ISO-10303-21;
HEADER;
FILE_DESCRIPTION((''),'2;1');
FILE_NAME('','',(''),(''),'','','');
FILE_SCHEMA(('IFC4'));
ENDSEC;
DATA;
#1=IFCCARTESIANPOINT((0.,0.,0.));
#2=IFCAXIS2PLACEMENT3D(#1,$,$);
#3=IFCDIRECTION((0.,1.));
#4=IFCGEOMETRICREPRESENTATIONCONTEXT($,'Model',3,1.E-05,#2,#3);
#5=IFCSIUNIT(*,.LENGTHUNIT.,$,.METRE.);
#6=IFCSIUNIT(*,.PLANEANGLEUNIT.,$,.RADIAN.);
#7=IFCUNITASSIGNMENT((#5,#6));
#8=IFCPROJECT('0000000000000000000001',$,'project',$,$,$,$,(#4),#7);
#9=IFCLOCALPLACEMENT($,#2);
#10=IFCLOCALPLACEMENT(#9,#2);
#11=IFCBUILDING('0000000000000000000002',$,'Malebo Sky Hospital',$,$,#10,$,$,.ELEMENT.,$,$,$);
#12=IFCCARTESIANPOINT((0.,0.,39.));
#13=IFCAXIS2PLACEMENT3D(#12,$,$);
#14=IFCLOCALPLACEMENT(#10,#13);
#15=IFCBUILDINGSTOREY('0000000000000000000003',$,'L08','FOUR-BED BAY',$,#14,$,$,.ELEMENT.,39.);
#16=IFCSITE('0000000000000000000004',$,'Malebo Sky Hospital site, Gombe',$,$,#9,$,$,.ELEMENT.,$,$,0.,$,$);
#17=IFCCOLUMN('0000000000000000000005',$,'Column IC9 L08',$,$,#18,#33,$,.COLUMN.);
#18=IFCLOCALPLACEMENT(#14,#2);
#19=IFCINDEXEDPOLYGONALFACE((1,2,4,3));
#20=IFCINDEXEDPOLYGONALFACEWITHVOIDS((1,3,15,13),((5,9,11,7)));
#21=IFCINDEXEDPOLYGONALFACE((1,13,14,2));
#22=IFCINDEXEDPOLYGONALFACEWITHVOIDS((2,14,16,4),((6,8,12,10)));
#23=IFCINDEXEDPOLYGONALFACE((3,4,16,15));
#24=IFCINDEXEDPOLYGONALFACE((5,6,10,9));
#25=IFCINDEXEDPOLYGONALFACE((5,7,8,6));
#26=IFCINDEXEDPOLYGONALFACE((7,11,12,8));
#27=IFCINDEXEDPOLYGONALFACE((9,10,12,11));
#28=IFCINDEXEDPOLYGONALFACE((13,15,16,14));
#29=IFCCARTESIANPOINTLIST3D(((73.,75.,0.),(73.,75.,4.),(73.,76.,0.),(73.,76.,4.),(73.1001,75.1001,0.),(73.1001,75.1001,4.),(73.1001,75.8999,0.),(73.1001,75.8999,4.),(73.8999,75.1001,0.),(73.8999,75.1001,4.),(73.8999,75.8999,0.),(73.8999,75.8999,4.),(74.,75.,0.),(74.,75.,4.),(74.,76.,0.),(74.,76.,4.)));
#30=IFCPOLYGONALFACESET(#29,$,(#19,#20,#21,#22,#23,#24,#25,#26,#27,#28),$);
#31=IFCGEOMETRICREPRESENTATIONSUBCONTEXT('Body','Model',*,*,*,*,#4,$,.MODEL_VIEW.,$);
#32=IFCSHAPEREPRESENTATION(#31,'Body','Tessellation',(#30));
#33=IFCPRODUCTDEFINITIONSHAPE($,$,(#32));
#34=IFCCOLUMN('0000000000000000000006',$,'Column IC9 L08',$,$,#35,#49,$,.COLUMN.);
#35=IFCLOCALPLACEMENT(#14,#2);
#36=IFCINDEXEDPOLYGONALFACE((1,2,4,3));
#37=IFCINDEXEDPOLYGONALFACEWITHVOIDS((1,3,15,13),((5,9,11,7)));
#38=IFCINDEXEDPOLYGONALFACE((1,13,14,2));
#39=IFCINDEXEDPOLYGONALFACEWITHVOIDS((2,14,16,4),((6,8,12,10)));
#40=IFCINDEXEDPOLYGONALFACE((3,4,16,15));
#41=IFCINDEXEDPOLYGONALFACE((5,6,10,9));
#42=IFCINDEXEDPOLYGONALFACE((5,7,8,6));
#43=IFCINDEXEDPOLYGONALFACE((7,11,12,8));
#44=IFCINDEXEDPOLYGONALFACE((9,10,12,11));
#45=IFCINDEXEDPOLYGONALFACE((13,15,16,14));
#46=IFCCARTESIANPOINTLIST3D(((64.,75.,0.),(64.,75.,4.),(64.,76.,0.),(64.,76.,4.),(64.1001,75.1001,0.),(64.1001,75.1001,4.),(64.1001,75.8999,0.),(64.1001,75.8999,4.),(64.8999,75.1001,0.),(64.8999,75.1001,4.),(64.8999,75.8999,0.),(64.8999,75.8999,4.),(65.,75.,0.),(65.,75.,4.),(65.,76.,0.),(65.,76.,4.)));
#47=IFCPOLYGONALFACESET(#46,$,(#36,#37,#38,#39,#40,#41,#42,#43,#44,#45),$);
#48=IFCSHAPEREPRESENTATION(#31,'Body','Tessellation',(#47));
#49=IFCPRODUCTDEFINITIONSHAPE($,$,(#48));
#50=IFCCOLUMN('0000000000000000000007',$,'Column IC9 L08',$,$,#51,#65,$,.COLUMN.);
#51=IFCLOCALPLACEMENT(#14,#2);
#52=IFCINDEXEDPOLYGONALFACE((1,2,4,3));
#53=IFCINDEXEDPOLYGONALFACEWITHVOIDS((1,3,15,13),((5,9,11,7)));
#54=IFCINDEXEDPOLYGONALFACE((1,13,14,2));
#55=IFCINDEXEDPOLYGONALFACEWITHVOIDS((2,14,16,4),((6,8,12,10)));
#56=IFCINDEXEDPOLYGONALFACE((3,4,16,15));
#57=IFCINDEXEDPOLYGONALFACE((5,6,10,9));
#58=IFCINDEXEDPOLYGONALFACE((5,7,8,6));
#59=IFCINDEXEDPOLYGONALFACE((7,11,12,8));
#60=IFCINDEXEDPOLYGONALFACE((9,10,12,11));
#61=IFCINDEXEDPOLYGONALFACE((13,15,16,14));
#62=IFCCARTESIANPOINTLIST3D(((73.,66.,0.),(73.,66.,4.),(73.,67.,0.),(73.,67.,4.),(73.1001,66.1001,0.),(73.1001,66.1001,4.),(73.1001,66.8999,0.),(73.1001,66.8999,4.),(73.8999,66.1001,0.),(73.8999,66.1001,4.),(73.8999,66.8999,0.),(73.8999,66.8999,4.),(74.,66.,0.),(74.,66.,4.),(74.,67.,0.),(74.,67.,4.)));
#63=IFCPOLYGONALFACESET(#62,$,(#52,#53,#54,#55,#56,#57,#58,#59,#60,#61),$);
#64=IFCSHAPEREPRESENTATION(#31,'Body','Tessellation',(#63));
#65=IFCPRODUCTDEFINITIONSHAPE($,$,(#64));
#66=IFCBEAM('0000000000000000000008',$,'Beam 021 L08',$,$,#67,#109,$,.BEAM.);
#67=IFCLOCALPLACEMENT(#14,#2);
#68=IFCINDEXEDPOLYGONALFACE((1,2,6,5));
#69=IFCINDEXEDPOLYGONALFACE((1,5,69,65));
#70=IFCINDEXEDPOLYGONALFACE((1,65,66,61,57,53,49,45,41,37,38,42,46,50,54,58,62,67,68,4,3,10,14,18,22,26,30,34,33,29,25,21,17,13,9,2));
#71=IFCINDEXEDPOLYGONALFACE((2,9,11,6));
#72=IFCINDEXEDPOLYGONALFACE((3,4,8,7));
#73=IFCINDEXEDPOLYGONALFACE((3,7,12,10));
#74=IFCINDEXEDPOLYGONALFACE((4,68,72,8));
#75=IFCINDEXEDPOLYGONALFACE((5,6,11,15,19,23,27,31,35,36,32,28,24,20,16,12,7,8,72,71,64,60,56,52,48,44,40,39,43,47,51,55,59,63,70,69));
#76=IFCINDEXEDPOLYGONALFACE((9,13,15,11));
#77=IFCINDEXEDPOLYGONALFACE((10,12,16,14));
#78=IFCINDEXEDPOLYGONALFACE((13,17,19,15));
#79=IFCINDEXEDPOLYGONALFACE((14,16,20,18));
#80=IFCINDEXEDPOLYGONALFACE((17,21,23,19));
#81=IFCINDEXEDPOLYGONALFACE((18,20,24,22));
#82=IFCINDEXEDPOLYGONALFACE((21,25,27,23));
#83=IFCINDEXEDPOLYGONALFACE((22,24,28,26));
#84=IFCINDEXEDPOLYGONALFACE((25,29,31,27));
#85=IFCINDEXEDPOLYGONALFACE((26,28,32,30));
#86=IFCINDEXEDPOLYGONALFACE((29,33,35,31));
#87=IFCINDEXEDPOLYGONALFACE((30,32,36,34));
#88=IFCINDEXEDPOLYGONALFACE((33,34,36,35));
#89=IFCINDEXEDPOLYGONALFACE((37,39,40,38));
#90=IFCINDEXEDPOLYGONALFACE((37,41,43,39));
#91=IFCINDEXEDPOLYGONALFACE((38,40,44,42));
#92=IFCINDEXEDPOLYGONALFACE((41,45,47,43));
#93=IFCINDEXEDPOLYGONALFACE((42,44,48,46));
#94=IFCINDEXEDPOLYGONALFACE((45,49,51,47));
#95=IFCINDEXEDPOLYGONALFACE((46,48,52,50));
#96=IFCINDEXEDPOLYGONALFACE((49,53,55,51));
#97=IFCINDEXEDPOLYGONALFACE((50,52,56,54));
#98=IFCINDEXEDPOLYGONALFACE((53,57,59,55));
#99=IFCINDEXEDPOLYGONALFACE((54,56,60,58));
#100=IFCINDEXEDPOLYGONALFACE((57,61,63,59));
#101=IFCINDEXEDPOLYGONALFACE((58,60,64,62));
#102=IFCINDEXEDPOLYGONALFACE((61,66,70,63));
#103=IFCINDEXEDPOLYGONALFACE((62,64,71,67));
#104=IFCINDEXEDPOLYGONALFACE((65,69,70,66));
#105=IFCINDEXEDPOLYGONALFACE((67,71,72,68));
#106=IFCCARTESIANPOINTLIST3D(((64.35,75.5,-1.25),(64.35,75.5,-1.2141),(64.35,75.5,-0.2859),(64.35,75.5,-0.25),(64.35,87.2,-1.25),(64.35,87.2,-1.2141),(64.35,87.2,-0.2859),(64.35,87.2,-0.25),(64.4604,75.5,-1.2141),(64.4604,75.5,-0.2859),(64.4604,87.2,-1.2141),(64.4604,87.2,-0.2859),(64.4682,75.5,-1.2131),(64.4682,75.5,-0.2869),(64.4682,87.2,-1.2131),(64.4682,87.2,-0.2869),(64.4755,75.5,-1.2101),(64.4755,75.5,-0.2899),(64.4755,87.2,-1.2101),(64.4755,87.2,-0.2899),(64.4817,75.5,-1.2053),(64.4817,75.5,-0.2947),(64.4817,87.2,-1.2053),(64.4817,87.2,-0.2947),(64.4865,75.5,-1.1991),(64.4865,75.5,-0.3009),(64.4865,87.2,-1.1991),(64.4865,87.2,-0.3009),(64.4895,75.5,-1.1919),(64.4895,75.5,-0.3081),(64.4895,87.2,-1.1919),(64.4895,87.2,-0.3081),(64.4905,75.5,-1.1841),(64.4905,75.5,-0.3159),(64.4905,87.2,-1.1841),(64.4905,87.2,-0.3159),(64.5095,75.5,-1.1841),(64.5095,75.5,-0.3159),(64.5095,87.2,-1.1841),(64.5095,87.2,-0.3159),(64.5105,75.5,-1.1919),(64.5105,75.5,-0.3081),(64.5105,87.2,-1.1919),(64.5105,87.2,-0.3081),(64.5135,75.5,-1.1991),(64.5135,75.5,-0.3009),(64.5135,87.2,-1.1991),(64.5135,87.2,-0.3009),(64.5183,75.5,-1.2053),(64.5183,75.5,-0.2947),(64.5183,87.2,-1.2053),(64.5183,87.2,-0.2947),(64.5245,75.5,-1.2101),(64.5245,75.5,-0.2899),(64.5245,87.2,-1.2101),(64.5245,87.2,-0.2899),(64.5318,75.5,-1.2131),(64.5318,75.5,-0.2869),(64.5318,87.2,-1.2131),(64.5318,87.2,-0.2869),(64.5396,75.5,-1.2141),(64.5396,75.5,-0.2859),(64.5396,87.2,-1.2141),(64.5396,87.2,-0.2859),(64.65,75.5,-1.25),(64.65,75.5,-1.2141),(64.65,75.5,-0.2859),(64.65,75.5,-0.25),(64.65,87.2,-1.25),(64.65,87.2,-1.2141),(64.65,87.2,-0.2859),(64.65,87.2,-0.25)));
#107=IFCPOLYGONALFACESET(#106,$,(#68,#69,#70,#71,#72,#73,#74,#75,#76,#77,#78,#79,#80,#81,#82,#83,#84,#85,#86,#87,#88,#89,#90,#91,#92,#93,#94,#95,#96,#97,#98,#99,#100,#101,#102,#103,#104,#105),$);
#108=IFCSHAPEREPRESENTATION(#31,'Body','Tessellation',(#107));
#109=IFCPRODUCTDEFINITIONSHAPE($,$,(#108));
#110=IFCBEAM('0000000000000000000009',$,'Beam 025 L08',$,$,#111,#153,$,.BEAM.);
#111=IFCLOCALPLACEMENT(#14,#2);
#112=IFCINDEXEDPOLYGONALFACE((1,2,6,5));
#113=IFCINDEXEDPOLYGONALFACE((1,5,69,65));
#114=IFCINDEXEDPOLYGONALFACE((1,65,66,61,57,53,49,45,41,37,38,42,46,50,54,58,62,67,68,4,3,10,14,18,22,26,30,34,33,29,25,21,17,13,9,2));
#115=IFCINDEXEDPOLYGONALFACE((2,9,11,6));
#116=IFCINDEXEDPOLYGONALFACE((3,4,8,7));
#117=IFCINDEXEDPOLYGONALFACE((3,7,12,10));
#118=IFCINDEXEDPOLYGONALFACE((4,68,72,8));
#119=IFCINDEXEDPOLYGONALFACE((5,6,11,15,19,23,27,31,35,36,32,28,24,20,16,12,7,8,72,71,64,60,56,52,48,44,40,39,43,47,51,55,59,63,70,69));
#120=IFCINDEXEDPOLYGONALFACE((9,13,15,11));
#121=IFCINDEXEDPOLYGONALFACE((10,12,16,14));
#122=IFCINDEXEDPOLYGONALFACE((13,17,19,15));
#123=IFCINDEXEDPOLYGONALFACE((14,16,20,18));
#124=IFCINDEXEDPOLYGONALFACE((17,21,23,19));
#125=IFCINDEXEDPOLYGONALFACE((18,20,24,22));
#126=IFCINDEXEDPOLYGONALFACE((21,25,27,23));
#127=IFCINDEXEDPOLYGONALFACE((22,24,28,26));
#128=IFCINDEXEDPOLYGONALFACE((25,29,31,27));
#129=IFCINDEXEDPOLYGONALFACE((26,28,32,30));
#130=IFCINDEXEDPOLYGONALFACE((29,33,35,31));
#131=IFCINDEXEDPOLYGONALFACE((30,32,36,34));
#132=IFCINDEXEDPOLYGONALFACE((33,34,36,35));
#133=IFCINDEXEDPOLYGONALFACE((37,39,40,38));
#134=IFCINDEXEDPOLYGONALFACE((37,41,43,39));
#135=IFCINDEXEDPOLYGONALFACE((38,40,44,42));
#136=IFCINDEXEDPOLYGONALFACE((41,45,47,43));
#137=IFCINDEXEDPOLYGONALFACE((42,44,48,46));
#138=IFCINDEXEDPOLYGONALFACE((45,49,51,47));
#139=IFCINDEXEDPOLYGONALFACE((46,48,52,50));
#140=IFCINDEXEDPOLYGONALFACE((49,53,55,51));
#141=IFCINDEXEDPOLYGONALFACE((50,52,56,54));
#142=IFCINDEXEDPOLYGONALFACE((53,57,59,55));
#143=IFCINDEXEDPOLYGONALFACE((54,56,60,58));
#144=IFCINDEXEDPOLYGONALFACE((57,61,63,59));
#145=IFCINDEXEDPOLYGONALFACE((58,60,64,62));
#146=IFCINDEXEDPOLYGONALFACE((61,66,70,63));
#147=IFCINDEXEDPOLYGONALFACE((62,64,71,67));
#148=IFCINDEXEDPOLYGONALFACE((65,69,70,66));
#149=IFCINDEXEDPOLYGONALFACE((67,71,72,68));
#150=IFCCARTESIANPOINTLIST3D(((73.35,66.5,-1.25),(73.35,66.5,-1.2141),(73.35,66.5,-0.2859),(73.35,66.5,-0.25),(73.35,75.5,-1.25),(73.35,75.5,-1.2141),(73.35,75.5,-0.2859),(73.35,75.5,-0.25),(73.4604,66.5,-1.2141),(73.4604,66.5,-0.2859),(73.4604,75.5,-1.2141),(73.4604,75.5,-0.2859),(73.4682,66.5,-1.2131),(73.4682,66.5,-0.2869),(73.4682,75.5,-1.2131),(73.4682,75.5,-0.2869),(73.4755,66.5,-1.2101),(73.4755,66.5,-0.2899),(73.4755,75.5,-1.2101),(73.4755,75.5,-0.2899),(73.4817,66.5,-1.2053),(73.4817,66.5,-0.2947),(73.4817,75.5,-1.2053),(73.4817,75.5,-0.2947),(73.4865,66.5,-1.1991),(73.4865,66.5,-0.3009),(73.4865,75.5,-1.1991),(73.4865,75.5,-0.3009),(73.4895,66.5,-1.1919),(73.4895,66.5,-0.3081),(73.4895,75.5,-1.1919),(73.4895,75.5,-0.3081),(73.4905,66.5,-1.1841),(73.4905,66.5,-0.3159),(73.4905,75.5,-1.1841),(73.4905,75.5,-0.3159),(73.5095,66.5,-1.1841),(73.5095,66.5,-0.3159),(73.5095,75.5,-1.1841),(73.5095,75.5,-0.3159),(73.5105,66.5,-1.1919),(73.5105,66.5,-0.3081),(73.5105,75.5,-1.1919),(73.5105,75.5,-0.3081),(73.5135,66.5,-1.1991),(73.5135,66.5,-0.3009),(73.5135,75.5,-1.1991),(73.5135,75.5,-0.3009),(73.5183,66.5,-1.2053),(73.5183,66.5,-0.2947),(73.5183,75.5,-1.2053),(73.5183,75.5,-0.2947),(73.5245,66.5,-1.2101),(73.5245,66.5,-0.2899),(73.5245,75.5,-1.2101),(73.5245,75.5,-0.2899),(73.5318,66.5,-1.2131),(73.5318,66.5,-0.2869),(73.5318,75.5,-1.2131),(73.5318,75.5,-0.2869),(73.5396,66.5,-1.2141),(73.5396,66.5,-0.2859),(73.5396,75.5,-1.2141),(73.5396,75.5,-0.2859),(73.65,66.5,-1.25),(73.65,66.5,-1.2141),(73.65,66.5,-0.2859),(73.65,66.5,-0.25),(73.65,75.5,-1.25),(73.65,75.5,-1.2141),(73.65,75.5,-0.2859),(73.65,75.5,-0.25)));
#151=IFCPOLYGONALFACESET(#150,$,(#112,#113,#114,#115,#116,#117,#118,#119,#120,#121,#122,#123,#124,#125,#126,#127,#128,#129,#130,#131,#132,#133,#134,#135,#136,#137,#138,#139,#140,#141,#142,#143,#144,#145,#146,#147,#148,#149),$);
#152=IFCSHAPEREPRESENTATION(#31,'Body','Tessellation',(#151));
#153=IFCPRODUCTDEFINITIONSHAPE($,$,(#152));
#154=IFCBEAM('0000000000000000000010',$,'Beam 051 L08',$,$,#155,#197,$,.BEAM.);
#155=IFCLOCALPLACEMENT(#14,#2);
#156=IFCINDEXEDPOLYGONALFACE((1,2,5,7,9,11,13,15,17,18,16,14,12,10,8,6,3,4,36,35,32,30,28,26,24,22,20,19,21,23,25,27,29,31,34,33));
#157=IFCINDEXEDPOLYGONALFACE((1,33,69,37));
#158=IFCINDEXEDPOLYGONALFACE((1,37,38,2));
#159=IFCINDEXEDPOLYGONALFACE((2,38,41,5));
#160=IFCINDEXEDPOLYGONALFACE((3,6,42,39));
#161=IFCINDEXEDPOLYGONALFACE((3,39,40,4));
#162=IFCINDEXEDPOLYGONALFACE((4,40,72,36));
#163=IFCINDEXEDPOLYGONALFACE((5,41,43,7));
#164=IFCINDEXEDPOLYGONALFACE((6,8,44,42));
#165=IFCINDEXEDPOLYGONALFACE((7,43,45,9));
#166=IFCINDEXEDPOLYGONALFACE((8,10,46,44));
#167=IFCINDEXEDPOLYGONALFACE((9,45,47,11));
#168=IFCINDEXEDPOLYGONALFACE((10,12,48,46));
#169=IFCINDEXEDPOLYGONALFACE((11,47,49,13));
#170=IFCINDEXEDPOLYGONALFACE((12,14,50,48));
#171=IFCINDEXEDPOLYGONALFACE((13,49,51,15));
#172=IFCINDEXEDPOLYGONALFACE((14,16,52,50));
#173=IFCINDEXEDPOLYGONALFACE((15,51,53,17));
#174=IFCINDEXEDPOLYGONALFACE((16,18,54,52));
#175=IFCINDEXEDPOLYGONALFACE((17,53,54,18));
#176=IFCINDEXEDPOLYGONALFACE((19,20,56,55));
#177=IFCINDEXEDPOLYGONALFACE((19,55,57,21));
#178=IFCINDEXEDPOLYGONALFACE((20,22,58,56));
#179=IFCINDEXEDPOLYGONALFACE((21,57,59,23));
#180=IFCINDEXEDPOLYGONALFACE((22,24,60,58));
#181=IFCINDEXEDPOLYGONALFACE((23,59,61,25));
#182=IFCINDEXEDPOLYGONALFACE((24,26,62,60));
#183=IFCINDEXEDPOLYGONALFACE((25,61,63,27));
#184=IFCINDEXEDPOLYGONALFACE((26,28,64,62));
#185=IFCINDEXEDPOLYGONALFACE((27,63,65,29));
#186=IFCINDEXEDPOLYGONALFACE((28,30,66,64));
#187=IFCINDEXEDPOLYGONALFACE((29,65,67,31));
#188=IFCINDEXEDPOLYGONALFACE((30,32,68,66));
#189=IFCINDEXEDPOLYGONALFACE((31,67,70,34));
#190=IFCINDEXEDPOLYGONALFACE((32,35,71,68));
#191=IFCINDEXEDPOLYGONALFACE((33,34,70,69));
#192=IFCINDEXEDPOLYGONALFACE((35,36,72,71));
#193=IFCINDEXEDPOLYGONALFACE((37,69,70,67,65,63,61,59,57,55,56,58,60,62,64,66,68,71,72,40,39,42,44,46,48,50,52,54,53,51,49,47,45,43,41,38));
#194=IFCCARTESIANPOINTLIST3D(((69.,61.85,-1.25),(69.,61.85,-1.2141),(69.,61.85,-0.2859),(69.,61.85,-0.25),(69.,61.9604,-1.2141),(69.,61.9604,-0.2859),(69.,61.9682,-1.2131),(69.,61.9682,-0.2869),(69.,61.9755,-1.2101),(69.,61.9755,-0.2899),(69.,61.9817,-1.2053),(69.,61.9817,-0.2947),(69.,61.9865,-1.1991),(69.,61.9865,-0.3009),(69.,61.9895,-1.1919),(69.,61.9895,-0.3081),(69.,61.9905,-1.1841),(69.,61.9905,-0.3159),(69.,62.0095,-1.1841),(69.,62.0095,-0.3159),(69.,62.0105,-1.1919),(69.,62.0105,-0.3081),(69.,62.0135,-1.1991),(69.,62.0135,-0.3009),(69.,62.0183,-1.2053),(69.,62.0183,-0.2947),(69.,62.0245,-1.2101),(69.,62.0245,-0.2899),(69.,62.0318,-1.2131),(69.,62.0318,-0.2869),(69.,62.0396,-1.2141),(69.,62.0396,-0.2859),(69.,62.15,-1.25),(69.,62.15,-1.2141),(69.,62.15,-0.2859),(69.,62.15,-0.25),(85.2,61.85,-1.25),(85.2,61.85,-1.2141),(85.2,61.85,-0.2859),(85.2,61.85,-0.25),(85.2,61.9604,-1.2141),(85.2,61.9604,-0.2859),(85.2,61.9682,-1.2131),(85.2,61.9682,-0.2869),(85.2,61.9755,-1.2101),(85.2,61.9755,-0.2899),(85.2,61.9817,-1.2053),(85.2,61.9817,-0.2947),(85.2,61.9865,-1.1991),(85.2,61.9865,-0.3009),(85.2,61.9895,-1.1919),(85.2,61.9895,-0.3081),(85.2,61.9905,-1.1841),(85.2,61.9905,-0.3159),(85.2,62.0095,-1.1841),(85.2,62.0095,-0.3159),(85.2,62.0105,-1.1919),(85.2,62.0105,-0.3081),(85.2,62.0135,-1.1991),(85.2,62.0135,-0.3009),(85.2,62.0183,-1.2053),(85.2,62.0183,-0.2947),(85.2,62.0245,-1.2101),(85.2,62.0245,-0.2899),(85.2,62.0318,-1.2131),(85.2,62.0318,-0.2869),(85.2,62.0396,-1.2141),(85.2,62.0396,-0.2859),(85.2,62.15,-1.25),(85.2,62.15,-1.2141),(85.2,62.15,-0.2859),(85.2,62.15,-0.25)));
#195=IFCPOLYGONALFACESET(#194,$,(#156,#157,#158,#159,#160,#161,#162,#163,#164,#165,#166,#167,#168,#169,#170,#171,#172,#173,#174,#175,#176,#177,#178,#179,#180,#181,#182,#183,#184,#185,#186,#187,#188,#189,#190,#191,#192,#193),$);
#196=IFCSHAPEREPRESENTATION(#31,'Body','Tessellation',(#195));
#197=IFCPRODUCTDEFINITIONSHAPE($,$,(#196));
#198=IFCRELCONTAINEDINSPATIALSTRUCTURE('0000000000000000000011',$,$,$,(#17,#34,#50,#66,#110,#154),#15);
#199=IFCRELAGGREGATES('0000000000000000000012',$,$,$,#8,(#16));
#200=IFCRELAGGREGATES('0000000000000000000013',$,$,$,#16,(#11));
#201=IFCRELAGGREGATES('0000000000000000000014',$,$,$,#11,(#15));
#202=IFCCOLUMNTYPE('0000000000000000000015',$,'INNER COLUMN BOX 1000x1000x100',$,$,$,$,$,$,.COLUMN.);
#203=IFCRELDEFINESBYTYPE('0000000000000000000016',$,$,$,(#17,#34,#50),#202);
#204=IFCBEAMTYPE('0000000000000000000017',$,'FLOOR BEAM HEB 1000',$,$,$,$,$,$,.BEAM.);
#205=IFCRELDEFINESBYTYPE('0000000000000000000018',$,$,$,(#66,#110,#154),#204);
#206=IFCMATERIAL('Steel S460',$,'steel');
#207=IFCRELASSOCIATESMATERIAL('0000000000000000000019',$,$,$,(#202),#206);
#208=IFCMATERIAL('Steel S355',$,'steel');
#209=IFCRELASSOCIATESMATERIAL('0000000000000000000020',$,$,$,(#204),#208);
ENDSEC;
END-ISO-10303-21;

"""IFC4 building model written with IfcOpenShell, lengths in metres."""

from ifc_helpers import new_model, si_unit, direction, frame, origin, origin_2d, place, context, subcontext, project, spatial, hollow_rectangle, i_section, extrude, material, material_profile, profile_set, type_object, element, save


model = new_model("IFC4")

# Units and contexts
model_context = context("Model", 3, precision=1e-05, world=origin(), true_north=direction((0.0, 1.0)))
body_context = subcontext(model_context, "Body", "Model", "MODEL_VIEW")
ifc_project = project(units=[si_unit("LENGTHUNIT", "METRE"), si_unit("PLANEANGLEUNIT", "RADIAN")], contexts=[model_context])

# Site, building, storey
site_placement = place(None, origin())
site = spatial("IfcSite", under=ifc_project, at=site_placement, Name="Malebo Sky Hospital site, Gombe", CompositionType="ELEMENT", RefElevation=0.0)
building_placement = place(site_placement, origin())
building = spatial("IfcBuilding", under=site, at=building_placement, Name="Malebo Sky Hospital", CompositionType="ELEMENT")
storey_placement = place(building_placement, frame((0.0, 0.0, 39.0)))
storey = spatial("IfcBuildingStorey", under=building, at=storey_placement, Name="L08", Description="FOUR-BED BAY", CompositionType="ELEMENT", Elevation=39.0)

# Columns
ifc_material_1 = material(Name="Steel S460", Category="steel")
ifc_material_profile_1 = material_profile(ifc_material_1, hollow_rectangle(XDim=1.0, YDim=1.0, WallThickness=0.1001, at=origin_2d()), Name="BOX 1000x1000x100")
ifc_profile_set_1 = profile_set([ifc_material_profile_1], Name="Steel S460")
column_type = type_object("IfcColumnType", Name="INNER COLUMN BOX 1000x1000x100", PredefinedType="COLUMN", material=ifc_profile_set_1)
for number, where, z_axis, x_axis, name in (
    (1, (73.5, 75.5, 0.0), (0.0, 0.0, 1.0), (1.0, 0.0, 0.0), "Column IC9 L08"),
    (2, (64.5, 75.5, 0.0), (0.0, 0.0, 1.0), (1.0, 0.0, 0.0), "Column IC9 L08"),
    (3, (73.5, 66.5, 0.0), (0.0, 0.0, 1.0), (1.0, 0.0, 0.0), "Column IC9 L08"),
):
    element("IfcColumn", number, at=place(storey_placement, frame(where, z_axis=z_axis, x_axis=x_axis)), inside=storey, type_object=column_type, Name=name, PredefinedType="COLUMN", context=body_context, shape_type="SweptSolid", body=[
        extrude(hollow_rectangle(XDim=1.0, YDim=1.0, WallThickness=0.1001, at=origin_2d()), origin(), (0.0, 0.0, 1.0), 4.0),
    ])

# Beams
ifc_material_2 = material(Name="Steel S355", Category="steel")
ifc_material_profile_2 = material_profile(ifc_material_2, i_section(OverallWidth=0.3, OverallDepth=1.0, WebThickness=0.019, FlangeThickness=0.0359, FilletRadius=0.03, at=origin_2d()), Name="HEB 1000")
ifc_profile_set_2 = profile_set([ifc_material_profile_2], Name="Steel S355")
beam_type_1 = type_object("IfcBeamType", Name="FLOOR BEAM HEB 1000", PredefinedType="BEAM", material=ifc_profile_set_2)
beam_1_placement = place(storey_placement, frame((64.5, 75.5, -0.75), z_axis=(0.0, 1.0, 0.0), x_axis=(-1.0, 0.0, 0.0)))
element("IfcBeam", 4, at=beam_1_placement, inside=storey, type_object=beam_type_1, Name="Beam 021 L08", PredefinedType="BEAM", context=body_context, shape_type="SweptSolid", body=[
    extrude(i_section(OverallWidth=0.3, OverallDepth=1.0, WebThickness=0.019, FlangeThickness=0.0359, FilletRadius=0.03, at=origin_2d()), origin(), (0.0, 0.0, 1.0), 11.7),
])
beam_2_placement = place(storey_placement, frame((73.5, 66.5, -0.75), z_axis=(0.0, 1.0, 0.0), x_axis=(-1.0, 0.0, 0.0)))
element("IfcBeam", 5, at=beam_2_placement, inside=storey, type_object=beam_type_1, Name="Beam 025 L08", PredefinedType="BEAM", context=body_context, shape_type="SweptSolid", body=[
    extrude(i_section(OverallWidth=0.3, OverallDepth=1.0, WebThickness=0.019, FlangeThickness=0.0359, FilletRadius=0.03, at=origin_2d()), origin(), (0.0, 0.0, 1.0), 9.0),
])
beam_3_placement = place(storey_placement, frame((69.0, 62.0, -0.75), z_axis=(1.0, 0.0, 0.0), x_axis=(0.0, 1.0, 0.0)))
element("IfcBeam", 6, at=beam_3_placement, inside=storey, type_object=beam_type_1, Name="Beam 051 L08", PredefinedType="BEAM", context=body_context, shape_type="SweptSolid", body=[
    extrude(i_section(OverallWidth=0.3, OverallDepth=1.0, WebThickness=0.019, FlangeThickness=0.0359, FilletRadius=0.03, at=origin_2d()), origin(), (0.0, 0.0, 1.0), 16.2),
])

save(model, "model.ifc")
